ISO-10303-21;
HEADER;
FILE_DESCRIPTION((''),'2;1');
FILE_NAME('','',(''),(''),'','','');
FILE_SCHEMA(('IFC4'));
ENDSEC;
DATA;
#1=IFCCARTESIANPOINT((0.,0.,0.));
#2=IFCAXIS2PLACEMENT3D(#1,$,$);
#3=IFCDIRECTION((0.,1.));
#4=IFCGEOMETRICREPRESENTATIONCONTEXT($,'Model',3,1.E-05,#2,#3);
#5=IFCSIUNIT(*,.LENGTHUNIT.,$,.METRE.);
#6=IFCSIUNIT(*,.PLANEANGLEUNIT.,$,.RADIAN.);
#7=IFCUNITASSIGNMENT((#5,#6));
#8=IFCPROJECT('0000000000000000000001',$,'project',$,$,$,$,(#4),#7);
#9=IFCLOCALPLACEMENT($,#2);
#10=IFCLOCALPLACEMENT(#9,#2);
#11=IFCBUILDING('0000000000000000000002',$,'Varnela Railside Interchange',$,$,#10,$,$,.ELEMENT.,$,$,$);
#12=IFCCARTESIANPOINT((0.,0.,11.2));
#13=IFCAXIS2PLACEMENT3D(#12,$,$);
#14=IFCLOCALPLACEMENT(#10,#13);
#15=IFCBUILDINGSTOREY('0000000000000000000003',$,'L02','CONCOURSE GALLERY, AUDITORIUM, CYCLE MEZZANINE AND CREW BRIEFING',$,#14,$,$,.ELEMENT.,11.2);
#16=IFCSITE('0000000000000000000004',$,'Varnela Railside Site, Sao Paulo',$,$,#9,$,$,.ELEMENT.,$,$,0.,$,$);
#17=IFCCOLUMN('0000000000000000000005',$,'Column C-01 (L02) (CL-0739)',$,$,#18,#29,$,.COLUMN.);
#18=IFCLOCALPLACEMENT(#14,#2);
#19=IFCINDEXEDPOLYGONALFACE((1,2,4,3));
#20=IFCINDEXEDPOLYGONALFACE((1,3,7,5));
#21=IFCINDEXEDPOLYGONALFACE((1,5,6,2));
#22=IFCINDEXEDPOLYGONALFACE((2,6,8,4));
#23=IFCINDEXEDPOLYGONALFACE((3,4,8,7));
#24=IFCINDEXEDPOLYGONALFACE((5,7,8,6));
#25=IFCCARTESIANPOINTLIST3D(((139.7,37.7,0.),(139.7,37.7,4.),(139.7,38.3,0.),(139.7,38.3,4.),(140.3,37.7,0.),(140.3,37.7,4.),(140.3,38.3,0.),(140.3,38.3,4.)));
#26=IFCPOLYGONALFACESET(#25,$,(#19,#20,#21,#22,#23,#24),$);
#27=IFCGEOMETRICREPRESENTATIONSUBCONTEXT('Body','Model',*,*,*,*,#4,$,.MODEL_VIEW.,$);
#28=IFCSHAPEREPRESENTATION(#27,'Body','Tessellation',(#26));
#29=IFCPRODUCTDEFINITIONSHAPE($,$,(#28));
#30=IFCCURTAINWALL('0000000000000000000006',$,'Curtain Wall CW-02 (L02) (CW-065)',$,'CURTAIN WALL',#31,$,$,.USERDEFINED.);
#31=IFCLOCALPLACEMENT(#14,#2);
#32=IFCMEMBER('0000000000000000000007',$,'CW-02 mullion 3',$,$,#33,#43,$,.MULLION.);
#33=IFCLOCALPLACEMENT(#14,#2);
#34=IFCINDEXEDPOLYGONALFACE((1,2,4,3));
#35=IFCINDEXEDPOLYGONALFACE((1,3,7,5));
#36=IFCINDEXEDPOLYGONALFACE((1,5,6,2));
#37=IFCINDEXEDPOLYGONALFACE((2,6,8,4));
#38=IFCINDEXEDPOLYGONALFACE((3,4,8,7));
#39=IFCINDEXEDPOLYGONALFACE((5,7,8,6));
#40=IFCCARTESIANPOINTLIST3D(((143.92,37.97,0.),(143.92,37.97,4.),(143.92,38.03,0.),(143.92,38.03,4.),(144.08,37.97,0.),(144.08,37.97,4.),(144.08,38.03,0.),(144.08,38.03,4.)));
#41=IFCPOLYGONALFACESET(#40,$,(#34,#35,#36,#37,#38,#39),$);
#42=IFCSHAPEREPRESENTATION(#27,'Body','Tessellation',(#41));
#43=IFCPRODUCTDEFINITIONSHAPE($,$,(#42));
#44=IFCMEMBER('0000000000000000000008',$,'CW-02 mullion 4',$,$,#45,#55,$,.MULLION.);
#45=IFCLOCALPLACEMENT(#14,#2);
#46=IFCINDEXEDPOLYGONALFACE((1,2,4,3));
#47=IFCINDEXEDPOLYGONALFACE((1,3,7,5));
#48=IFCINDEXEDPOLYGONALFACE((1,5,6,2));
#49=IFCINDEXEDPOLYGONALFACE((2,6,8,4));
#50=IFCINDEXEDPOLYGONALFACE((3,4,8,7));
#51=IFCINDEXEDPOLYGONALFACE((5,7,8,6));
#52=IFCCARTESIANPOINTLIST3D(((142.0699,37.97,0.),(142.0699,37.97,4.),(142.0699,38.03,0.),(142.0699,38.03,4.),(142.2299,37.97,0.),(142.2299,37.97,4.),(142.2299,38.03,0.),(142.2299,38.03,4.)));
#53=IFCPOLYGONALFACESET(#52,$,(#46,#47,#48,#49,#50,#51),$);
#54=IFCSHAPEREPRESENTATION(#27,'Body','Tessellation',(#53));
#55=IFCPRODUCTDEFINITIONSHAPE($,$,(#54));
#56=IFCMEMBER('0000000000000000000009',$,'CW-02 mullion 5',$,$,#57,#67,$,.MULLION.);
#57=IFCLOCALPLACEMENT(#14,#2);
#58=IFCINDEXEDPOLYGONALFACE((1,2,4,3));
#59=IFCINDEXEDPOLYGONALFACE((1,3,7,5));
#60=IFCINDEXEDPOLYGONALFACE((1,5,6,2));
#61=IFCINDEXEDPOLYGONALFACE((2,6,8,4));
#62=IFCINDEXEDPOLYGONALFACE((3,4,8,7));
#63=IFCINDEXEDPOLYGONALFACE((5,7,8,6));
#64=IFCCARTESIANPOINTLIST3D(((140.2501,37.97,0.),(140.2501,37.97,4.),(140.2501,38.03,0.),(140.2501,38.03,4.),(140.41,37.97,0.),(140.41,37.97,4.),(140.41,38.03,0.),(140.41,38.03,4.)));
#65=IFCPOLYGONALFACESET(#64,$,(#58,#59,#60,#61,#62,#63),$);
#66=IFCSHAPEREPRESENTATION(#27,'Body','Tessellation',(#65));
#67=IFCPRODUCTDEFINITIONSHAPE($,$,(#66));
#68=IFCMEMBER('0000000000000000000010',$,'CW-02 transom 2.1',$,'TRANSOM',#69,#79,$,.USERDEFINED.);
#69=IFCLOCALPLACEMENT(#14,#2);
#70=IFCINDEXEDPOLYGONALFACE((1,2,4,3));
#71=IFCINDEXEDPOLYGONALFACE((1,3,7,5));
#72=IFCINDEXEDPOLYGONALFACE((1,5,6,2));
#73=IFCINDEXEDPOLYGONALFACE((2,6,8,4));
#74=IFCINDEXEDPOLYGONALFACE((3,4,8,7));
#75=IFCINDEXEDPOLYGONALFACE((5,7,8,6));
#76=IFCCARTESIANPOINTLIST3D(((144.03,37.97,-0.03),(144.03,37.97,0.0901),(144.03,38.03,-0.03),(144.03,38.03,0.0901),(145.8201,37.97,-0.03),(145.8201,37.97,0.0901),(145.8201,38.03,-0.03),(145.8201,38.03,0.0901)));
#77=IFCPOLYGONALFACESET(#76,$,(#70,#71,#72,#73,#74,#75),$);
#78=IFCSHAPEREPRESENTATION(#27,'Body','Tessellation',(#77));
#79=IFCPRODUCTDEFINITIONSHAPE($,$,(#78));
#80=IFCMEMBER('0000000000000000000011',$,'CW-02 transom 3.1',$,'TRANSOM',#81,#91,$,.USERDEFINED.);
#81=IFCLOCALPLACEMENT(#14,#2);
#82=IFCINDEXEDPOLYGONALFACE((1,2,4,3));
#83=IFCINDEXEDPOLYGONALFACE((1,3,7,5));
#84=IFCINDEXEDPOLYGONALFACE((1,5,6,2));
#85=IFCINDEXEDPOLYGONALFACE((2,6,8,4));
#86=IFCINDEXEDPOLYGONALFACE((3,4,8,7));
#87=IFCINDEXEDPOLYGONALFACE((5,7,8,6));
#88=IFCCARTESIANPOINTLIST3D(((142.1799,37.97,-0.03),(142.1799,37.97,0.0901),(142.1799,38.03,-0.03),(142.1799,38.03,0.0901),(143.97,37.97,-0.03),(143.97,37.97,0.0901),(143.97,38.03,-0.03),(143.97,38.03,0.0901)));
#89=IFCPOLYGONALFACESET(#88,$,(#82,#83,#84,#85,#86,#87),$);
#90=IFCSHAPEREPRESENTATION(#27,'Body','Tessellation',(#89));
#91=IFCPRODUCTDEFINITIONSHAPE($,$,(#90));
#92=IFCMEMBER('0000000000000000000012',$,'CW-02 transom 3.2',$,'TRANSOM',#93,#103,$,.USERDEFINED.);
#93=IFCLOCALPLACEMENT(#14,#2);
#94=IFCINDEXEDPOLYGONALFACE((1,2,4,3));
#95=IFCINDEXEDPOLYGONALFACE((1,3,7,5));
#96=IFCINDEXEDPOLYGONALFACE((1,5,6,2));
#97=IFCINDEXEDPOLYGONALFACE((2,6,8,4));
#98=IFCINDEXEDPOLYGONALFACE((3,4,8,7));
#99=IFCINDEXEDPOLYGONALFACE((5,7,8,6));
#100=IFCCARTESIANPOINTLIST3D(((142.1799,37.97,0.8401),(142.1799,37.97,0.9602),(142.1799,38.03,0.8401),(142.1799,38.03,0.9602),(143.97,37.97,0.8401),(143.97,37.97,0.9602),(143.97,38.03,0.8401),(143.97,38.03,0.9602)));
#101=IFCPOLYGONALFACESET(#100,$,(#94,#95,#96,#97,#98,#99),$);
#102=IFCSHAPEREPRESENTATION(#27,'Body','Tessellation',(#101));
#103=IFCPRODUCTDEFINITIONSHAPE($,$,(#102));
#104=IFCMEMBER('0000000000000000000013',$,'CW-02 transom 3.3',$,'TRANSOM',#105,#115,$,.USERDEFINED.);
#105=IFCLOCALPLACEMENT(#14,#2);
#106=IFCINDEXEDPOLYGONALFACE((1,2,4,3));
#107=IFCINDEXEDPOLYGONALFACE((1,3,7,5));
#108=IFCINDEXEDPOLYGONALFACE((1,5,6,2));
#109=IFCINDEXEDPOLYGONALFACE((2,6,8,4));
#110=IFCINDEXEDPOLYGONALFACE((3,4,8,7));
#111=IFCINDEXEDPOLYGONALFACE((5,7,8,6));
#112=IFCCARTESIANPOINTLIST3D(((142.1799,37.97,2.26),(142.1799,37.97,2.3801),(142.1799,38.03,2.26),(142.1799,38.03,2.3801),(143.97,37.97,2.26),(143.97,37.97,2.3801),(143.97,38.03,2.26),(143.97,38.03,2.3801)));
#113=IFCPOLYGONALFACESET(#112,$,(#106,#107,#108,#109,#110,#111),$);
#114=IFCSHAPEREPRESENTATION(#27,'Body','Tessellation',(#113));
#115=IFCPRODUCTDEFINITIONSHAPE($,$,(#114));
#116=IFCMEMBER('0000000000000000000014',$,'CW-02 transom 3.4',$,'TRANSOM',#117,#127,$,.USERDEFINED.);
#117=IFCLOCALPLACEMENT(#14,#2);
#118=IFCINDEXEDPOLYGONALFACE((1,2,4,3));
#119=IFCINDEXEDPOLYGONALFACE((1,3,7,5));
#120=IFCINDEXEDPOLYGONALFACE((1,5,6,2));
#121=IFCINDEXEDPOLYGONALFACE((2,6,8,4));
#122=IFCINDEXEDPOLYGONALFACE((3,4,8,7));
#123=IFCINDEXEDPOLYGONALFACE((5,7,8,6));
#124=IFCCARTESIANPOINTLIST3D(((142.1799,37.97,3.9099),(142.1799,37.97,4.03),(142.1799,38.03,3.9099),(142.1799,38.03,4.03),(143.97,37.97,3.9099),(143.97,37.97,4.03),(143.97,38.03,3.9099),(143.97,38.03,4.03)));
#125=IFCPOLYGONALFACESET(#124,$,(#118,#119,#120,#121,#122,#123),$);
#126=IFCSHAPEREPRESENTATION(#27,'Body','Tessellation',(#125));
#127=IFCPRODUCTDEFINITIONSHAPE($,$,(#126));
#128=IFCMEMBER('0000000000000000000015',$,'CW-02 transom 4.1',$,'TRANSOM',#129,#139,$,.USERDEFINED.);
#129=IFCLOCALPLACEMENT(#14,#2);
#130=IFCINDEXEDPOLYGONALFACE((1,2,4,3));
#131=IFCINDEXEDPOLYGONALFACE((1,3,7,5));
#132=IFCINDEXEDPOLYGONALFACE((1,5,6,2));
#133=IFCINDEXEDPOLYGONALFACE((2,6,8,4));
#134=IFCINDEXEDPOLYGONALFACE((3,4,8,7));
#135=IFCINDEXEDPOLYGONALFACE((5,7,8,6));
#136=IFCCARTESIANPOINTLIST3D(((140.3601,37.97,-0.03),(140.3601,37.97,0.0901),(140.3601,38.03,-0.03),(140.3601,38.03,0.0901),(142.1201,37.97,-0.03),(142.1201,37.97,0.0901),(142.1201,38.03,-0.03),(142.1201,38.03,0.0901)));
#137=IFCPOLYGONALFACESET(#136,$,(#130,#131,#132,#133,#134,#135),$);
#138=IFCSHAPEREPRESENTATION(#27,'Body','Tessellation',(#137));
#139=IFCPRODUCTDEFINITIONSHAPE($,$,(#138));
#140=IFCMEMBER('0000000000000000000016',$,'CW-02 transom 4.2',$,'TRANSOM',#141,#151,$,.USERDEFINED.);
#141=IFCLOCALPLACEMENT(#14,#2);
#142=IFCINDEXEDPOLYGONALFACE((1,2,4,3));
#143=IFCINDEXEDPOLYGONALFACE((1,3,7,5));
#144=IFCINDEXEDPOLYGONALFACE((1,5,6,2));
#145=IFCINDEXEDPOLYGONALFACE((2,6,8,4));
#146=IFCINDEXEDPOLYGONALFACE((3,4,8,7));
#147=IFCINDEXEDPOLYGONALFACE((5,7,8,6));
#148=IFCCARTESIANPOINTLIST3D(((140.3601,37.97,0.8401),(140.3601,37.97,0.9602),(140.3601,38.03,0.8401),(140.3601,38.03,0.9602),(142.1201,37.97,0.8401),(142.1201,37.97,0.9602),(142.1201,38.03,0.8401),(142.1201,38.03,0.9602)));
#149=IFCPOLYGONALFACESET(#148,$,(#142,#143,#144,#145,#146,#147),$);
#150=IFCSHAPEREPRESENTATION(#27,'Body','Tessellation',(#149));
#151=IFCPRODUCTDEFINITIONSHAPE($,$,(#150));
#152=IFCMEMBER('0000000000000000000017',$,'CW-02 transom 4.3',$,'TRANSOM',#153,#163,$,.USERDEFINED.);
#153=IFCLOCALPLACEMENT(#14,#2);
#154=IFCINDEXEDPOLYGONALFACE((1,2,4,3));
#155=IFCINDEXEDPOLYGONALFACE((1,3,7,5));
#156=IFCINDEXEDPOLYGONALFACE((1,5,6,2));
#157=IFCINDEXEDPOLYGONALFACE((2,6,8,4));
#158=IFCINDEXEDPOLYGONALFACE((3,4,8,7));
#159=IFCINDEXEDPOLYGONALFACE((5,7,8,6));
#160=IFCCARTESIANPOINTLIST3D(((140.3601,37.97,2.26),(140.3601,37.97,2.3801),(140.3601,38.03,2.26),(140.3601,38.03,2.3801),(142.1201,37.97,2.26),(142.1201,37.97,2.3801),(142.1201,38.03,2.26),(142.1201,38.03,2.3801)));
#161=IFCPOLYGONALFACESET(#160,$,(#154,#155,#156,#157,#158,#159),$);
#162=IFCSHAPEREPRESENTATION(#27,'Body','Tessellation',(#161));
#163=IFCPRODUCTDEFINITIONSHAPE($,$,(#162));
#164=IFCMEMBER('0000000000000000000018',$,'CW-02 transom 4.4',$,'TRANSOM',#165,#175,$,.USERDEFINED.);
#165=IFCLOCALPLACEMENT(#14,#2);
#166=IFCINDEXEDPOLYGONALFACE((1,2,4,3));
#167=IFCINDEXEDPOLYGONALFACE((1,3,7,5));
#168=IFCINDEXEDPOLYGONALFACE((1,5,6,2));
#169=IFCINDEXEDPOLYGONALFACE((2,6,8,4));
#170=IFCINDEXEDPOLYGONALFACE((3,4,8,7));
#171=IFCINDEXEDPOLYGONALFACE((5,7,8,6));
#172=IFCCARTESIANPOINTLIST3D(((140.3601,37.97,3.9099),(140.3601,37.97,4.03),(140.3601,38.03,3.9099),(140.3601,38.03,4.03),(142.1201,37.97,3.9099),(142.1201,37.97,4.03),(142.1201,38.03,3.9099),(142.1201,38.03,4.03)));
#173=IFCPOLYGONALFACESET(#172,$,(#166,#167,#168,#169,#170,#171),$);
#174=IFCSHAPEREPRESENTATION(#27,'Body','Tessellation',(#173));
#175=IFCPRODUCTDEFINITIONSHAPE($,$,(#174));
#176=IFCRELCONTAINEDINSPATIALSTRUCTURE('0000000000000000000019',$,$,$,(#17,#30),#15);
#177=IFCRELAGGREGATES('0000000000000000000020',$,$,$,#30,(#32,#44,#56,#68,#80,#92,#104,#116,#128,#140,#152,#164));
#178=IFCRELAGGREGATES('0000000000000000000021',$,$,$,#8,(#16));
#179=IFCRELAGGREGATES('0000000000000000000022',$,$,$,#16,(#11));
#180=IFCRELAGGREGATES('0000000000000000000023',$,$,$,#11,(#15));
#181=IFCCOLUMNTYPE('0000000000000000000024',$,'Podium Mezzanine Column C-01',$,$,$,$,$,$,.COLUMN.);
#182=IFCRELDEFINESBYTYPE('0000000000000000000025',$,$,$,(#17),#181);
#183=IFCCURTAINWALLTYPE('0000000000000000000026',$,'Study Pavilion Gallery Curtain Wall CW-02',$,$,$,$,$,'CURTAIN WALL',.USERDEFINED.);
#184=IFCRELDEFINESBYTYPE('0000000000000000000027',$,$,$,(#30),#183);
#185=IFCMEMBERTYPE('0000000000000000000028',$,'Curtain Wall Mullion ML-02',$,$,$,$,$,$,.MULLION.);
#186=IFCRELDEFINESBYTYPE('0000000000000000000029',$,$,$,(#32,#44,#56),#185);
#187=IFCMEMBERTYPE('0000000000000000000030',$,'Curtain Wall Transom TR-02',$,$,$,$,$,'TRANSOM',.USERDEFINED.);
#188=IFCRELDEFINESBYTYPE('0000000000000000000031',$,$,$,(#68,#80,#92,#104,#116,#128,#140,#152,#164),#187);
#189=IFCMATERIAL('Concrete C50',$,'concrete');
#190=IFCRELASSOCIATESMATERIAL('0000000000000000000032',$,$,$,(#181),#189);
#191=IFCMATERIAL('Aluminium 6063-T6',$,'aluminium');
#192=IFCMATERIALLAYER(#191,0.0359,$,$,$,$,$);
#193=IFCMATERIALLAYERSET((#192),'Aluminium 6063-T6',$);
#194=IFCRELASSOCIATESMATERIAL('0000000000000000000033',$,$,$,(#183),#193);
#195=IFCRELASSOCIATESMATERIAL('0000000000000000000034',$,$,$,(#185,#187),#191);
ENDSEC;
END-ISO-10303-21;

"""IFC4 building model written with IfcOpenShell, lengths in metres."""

from ifc_helpers import new_model, si_unit, direction, frame, origin, origin_2d, place, context, subcontext, project, spatial, rectangle, extrude, material, layer, layer_set, material_profile, profile_set, type_object, element, aggregate, save


model = new_model("IFC4")

# Units and contexts
model_context = context("Model", 3, precision=1e-05, world=origin(), true_north=direction((0.0, 1.0)))
body_context = subcontext(model_context, "Body", "Model", "MODEL_VIEW")
ifc_project = project(units=[si_unit("LENGTHUNIT", "METRE"), si_unit("PLANEANGLEUNIT", "RADIAN")], contexts=[model_context])

# Site, building, storey
site_placement = place(None, origin())
site = spatial("IfcSite", under=ifc_project, at=site_placement, Name="Varnela Railside Site, Sao Paulo", CompositionType="ELEMENT", RefElevation=0.0)
building_placement = place(site_placement, origin())
building = spatial("IfcBuilding", under=site, at=building_placement, Name="Varnela Railside Interchange", CompositionType="ELEMENT")
storey_placement = place(building_placement, frame((0.0, 0.0, 11.2)))
storey = spatial("IfcBuildingStorey", under=building, at=storey_placement, Name="L02", Description="CONCOURSE GALLERY, AUDITORIUM, CYCLE MEZZANINE AND CREW BRIEFING", CompositionType="ELEMENT", Elevation=11.2)

# Column
ifc_material_1 = material(Name="Concrete C50", Category="concrete")
ifc_material_profile_1 = material_profile(ifc_material_1, rectangle(XDim=0.6001, YDim=0.6001, at=origin_2d()), Name="RC 600x600")
ifc_profile_set_1 = profile_set([ifc_material_profile_1], Name="Concrete C50")
column_type = type_object("IfcColumnType", Name="Podium Mezzanine Column C-01", PredefinedType="COLUMN", material=ifc_profile_set_1)
column_placement = place(storey_placement, frame((140.0, 38.0, 0.0), z_axis=(0.0, 0.0, 1.0), x_axis=(1.0, 0.0, 0.0)))
element("IfcColumn", 1, at=column_placement, inside=storey, type_object=column_type, Name="Column C-01 (L02) (CL-0739)", PredefinedType="COLUMN", context=body_context, shape_type="SweptSolid", body=[
    extrude(rectangle(XDim=0.6001, YDim=0.6001, at=origin_2d()), origin(), (0.0, 0.0, 1.0), 4.0),
])

# Curtain wall, members
ifc_material_2 = material(Name="Aluminium 6063-T6", Category="aluminium")
ifc_layer_1 = layer(ifc_material_2, 0.0359)
ifc_layer_set_1 = layer_set([ifc_layer_1], Name="Aluminium 6063-T6")
curtain_wall_type = type_object("IfcCurtainWallType", Name="Study Pavilion Gallery Curtain Wall CW-02", ElementType="CURTAIN WALL", PredefinedType="USERDEFINED", material=ifc_layer_set_1)
curtain_wall_placement = place(storey_placement, origin())
curtain_wall = element("IfcCurtainWall", 2, at=curtain_wall_placement, inside=storey, type_object=curtain_wall_type, Name="Curtain Wall CW-02 (L02) (CW-065)", ObjectType="CURTAIN WALL", PredefinedType="USERDEFINED")
ifc_material_profile_2 = material_profile(ifc_material_2, rectangle(XDim=0.0601, YDim=0.1599, at=origin_2d()), Name="ALU 60x160")
ifc_profile_set_2 = profile_set([ifc_material_profile_2], Name="Aluminium 6063-T6")
member_type_1 = type_object("IfcMemberType", Name="Curtain Wall Mullion ML-02", PredefinedType="MULLION", material=ifc_profile_set_2)
member_1_placement = place(storey_placement, frame((144.0, 38.0, 0.0), z_axis=(0.0, 0.0, 1.0), x_axis=(0.0, -1.0, 0.0)))
member_1 = element("IfcMember", 3, at=member_1_placement, type_object=member_type_1, Name="CW-02 mullion 3", PredefinedType="MULLION", context=body_context, shape_type="SweptSolid", body=[
    extrude(rectangle(XDim=0.0601, YDim=0.1599, at=origin_2d()), origin(), (0.0, 0.0, 1.0), 4.0),
])
member_2_placement = place(storey_placement, frame((142.1499, 38.0, 0.0), z_axis=(0.0, 0.0, 1.0), x_axis=(0.0, -1.0, 0.0)))
member_2 = element("IfcMember", 4, at=member_2_placement, type_object=member_type_1, Name="CW-02 mullion 4", PredefinedType="MULLION", context=body_context, shape_type="SweptSolid", body=[
    extrude(rectangle(XDim=0.0601, YDim=0.1599, at=origin_2d()), origin(), (0.0, 0.0, 1.0), 4.0),
])
member_3_placement = place(storey_placement, frame((140.3301, 38.0, 0.0), z_axis=(0.0, 0.0, 1.0), x_axis=(0.0, -1.0, 0.0)))
member_3 = element("IfcMember", 5, at=member_3_placement, type_object=member_type_1, Name="CW-02 mullion 5", PredefinedType="MULLION", context=body_context, shape_type="SweptSolid", body=[
    extrude(rectangle(XDim=0.0601, YDim=0.1599, at=origin_2d()), origin(), (0.0, 0.0, 1.0), 4.0),
])
ifc_material_profile_3 = material_profile(ifc_material_2, rectangle(XDim=0.0601, YDim=0.1201, at=origin_2d()), Name="ALU 60x120")
ifc_profile_set_3 = profile_set([ifc_material_profile_3], Name="Aluminium 6063-T6")
member_type_2 = type_object("IfcMemberType", Name="Curtain Wall Transom TR-02", ElementType="TRANSOM", PredefinedType="USERDEFINED", material=ifc_profile_set_3)
member_4_placement = place(storey_placement, frame((145.8201, 38.0, 0.03), z_axis=(-1.0, 0.0, 0.0), x_axis=(0.0, -1.0, 0.0)))
member_4 = element("IfcMember", 6, at=member_4_placement, type_object=member_type_2, Name="CW-02 transom 2.1", ObjectType="TRANSOM", PredefinedType="USERDEFINED", context=body_context, shape_type="SweptSolid", body=[
    extrude(rectangle(XDim=0.0601, YDim=0.1201, at=origin_2d()), origin(), (0.0, 0.0, 1.0), 1.79),
])
member_5_placement = place(storey_placement, frame((143.97, 38.0, 0.03), z_axis=(-1.0, 0.0, 0.0), x_axis=(0.0, -1.0, 0.0)))
member_5 = element("IfcMember", 7, at=member_5_placement, type_object=member_type_2, Name="CW-02 transom 3.1", ObjectType="TRANSOM", PredefinedType="USERDEFINED", context=body_context, shape_type="SweptSolid", body=[
    extrude(rectangle(XDim=0.0601, YDim=0.1201, at=origin_2d()), origin(), (0.0, 0.0, 1.0), 1.79),
])
member_6_placement = place(storey_placement, frame((143.97, 38.0, 0.9001), z_axis=(-1.0, 0.0, 0.0), x_axis=(0.0, -1.0, 0.0)))
member_6 = element("IfcMember", 8, at=member_6_placement, type_object=member_type_2, Name="CW-02 transom 3.2", ObjectType="TRANSOM", PredefinedType="USERDEFINED", context=body_context, shape_type="SweptSolid", body=[
    extrude(rectangle(XDim=0.0601, YDim=0.1201, at=origin_2d()), origin(), (0.0, 0.0, 1.0), 1.79),
])
member_7_placement = place(storey_placement, frame((143.97, 38.0, 2.3201), z_axis=(-1.0, 0.0, 0.0), x_axis=(0.0, -1.0, 0.0)))
member_7 = element("IfcMember", 9, at=member_7_placement, type_object=member_type_2, Name="CW-02 transom 3.3", ObjectType="TRANSOM", PredefinedType="USERDEFINED", context=body_context, shape_type="SweptSolid", body=[
    extrude(rectangle(XDim=0.0601, YDim=0.1201, at=origin_2d()), origin(), (0.0, 0.0, 1.0), 1.79),
])
member_8_placement = place(storey_placement, frame((143.97, 38.0, 3.97), z_axis=(-1.0, 0.0, 0.0), x_axis=(0.0, -1.0, 0.0)))
member_8 = element("IfcMember", 10, at=member_8_placement, type_object=member_type_2, Name="CW-02 transom 3.4", ObjectType="TRANSOM", PredefinedType="USERDEFINED", context=body_context, shape_type="SweptSolid", body=[
    extrude(rectangle(XDim=0.0601, YDim=0.1201, at=origin_2d()), origin(), (0.0, 0.0, 1.0), 1.79),
])
member_9_placement = place(storey_placement, frame((142.1201, 38.0, 0.03), z_axis=(-1.0, 0.0, 0.0), x_axis=(0.0, -1.0, 0.0)))
member_9 = element("IfcMember", 11, at=member_9_placement, type_object=member_type_2, Name="CW-02 transom 4.1", ObjectType="TRANSOM", PredefinedType="USERDEFINED", context=body_context, shape_type="SweptSolid", body=[
    extrude(rectangle(XDim=0.0601, YDim=0.1201, at=origin_2d()), origin(), (0.0, 0.0, 1.0), 1.76),
])
member_10_placement = place(storey_placement, frame((142.1201, 38.0, 0.9001), z_axis=(-1.0, 0.0, 0.0), x_axis=(0.0, -1.0, 0.0)))
member_10 = element("IfcMember", 12, at=member_10_placement, type_object=member_type_2, Name="CW-02 transom 4.2", ObjectType="TRANSOM", PredefinedType="USERDEFINED", context=body_context, shape_type="SweptSolid", body=[
    extrude(rectangle(XDim=0.0601, YDim=0.1201, at=origin_2d()), origin(), (0.0, 0.0, 1.0), 1.76),
])
member_11_placement = place(storey_placement, frame((142.1201, 38.0, 2.3201), z_axis=(-1.0, 0.0, 0.0), x_axis=(0.0, -1.0, 0.0)))
member_11 = element("IfcMember", 13, at=member_11_placement, type_object=member_type_2, Name="CW-02 transom 4.3", ObjectType="TRANSOM", PredefinedType="USERDEFINED", context=body_context, shape_type="SweptSolid", body=[
    extrude(rectangle(XDim=0.0601, YDim=0.1201, at=origin_2d()), origin(), (0.0, 0.0, 1.0), 1.76),
])
member_12_placement = place(storey_placement, frame((142.1201, 38.0, 3.97), z_axis=(-1.0, 0.0, 0.0), x_axis=(0.0, -1.0, 0.0)))
member_12 = element("IfcMember", 14, at=member_12_placement, type_object=member_type_2, Name="CW-02 transom 4.4", ObjectType="TRANSOM", PredefinedType="USERDEFINED", context=body_context, shape_type="SweptSolid", body=[
    extrude(rectangle(XDim=0.0601, YDim=0.1201, at=origin_2d()), origin(), (0.0, 0.0, 1.0), 1.76),
])

aggregate(curtain_wall, [member_1, member_2, member_3, member_4, member_5, member_6, member_7, member_8, member_9, member_10, member_11, member_12])

save(model, "model.ifc")
